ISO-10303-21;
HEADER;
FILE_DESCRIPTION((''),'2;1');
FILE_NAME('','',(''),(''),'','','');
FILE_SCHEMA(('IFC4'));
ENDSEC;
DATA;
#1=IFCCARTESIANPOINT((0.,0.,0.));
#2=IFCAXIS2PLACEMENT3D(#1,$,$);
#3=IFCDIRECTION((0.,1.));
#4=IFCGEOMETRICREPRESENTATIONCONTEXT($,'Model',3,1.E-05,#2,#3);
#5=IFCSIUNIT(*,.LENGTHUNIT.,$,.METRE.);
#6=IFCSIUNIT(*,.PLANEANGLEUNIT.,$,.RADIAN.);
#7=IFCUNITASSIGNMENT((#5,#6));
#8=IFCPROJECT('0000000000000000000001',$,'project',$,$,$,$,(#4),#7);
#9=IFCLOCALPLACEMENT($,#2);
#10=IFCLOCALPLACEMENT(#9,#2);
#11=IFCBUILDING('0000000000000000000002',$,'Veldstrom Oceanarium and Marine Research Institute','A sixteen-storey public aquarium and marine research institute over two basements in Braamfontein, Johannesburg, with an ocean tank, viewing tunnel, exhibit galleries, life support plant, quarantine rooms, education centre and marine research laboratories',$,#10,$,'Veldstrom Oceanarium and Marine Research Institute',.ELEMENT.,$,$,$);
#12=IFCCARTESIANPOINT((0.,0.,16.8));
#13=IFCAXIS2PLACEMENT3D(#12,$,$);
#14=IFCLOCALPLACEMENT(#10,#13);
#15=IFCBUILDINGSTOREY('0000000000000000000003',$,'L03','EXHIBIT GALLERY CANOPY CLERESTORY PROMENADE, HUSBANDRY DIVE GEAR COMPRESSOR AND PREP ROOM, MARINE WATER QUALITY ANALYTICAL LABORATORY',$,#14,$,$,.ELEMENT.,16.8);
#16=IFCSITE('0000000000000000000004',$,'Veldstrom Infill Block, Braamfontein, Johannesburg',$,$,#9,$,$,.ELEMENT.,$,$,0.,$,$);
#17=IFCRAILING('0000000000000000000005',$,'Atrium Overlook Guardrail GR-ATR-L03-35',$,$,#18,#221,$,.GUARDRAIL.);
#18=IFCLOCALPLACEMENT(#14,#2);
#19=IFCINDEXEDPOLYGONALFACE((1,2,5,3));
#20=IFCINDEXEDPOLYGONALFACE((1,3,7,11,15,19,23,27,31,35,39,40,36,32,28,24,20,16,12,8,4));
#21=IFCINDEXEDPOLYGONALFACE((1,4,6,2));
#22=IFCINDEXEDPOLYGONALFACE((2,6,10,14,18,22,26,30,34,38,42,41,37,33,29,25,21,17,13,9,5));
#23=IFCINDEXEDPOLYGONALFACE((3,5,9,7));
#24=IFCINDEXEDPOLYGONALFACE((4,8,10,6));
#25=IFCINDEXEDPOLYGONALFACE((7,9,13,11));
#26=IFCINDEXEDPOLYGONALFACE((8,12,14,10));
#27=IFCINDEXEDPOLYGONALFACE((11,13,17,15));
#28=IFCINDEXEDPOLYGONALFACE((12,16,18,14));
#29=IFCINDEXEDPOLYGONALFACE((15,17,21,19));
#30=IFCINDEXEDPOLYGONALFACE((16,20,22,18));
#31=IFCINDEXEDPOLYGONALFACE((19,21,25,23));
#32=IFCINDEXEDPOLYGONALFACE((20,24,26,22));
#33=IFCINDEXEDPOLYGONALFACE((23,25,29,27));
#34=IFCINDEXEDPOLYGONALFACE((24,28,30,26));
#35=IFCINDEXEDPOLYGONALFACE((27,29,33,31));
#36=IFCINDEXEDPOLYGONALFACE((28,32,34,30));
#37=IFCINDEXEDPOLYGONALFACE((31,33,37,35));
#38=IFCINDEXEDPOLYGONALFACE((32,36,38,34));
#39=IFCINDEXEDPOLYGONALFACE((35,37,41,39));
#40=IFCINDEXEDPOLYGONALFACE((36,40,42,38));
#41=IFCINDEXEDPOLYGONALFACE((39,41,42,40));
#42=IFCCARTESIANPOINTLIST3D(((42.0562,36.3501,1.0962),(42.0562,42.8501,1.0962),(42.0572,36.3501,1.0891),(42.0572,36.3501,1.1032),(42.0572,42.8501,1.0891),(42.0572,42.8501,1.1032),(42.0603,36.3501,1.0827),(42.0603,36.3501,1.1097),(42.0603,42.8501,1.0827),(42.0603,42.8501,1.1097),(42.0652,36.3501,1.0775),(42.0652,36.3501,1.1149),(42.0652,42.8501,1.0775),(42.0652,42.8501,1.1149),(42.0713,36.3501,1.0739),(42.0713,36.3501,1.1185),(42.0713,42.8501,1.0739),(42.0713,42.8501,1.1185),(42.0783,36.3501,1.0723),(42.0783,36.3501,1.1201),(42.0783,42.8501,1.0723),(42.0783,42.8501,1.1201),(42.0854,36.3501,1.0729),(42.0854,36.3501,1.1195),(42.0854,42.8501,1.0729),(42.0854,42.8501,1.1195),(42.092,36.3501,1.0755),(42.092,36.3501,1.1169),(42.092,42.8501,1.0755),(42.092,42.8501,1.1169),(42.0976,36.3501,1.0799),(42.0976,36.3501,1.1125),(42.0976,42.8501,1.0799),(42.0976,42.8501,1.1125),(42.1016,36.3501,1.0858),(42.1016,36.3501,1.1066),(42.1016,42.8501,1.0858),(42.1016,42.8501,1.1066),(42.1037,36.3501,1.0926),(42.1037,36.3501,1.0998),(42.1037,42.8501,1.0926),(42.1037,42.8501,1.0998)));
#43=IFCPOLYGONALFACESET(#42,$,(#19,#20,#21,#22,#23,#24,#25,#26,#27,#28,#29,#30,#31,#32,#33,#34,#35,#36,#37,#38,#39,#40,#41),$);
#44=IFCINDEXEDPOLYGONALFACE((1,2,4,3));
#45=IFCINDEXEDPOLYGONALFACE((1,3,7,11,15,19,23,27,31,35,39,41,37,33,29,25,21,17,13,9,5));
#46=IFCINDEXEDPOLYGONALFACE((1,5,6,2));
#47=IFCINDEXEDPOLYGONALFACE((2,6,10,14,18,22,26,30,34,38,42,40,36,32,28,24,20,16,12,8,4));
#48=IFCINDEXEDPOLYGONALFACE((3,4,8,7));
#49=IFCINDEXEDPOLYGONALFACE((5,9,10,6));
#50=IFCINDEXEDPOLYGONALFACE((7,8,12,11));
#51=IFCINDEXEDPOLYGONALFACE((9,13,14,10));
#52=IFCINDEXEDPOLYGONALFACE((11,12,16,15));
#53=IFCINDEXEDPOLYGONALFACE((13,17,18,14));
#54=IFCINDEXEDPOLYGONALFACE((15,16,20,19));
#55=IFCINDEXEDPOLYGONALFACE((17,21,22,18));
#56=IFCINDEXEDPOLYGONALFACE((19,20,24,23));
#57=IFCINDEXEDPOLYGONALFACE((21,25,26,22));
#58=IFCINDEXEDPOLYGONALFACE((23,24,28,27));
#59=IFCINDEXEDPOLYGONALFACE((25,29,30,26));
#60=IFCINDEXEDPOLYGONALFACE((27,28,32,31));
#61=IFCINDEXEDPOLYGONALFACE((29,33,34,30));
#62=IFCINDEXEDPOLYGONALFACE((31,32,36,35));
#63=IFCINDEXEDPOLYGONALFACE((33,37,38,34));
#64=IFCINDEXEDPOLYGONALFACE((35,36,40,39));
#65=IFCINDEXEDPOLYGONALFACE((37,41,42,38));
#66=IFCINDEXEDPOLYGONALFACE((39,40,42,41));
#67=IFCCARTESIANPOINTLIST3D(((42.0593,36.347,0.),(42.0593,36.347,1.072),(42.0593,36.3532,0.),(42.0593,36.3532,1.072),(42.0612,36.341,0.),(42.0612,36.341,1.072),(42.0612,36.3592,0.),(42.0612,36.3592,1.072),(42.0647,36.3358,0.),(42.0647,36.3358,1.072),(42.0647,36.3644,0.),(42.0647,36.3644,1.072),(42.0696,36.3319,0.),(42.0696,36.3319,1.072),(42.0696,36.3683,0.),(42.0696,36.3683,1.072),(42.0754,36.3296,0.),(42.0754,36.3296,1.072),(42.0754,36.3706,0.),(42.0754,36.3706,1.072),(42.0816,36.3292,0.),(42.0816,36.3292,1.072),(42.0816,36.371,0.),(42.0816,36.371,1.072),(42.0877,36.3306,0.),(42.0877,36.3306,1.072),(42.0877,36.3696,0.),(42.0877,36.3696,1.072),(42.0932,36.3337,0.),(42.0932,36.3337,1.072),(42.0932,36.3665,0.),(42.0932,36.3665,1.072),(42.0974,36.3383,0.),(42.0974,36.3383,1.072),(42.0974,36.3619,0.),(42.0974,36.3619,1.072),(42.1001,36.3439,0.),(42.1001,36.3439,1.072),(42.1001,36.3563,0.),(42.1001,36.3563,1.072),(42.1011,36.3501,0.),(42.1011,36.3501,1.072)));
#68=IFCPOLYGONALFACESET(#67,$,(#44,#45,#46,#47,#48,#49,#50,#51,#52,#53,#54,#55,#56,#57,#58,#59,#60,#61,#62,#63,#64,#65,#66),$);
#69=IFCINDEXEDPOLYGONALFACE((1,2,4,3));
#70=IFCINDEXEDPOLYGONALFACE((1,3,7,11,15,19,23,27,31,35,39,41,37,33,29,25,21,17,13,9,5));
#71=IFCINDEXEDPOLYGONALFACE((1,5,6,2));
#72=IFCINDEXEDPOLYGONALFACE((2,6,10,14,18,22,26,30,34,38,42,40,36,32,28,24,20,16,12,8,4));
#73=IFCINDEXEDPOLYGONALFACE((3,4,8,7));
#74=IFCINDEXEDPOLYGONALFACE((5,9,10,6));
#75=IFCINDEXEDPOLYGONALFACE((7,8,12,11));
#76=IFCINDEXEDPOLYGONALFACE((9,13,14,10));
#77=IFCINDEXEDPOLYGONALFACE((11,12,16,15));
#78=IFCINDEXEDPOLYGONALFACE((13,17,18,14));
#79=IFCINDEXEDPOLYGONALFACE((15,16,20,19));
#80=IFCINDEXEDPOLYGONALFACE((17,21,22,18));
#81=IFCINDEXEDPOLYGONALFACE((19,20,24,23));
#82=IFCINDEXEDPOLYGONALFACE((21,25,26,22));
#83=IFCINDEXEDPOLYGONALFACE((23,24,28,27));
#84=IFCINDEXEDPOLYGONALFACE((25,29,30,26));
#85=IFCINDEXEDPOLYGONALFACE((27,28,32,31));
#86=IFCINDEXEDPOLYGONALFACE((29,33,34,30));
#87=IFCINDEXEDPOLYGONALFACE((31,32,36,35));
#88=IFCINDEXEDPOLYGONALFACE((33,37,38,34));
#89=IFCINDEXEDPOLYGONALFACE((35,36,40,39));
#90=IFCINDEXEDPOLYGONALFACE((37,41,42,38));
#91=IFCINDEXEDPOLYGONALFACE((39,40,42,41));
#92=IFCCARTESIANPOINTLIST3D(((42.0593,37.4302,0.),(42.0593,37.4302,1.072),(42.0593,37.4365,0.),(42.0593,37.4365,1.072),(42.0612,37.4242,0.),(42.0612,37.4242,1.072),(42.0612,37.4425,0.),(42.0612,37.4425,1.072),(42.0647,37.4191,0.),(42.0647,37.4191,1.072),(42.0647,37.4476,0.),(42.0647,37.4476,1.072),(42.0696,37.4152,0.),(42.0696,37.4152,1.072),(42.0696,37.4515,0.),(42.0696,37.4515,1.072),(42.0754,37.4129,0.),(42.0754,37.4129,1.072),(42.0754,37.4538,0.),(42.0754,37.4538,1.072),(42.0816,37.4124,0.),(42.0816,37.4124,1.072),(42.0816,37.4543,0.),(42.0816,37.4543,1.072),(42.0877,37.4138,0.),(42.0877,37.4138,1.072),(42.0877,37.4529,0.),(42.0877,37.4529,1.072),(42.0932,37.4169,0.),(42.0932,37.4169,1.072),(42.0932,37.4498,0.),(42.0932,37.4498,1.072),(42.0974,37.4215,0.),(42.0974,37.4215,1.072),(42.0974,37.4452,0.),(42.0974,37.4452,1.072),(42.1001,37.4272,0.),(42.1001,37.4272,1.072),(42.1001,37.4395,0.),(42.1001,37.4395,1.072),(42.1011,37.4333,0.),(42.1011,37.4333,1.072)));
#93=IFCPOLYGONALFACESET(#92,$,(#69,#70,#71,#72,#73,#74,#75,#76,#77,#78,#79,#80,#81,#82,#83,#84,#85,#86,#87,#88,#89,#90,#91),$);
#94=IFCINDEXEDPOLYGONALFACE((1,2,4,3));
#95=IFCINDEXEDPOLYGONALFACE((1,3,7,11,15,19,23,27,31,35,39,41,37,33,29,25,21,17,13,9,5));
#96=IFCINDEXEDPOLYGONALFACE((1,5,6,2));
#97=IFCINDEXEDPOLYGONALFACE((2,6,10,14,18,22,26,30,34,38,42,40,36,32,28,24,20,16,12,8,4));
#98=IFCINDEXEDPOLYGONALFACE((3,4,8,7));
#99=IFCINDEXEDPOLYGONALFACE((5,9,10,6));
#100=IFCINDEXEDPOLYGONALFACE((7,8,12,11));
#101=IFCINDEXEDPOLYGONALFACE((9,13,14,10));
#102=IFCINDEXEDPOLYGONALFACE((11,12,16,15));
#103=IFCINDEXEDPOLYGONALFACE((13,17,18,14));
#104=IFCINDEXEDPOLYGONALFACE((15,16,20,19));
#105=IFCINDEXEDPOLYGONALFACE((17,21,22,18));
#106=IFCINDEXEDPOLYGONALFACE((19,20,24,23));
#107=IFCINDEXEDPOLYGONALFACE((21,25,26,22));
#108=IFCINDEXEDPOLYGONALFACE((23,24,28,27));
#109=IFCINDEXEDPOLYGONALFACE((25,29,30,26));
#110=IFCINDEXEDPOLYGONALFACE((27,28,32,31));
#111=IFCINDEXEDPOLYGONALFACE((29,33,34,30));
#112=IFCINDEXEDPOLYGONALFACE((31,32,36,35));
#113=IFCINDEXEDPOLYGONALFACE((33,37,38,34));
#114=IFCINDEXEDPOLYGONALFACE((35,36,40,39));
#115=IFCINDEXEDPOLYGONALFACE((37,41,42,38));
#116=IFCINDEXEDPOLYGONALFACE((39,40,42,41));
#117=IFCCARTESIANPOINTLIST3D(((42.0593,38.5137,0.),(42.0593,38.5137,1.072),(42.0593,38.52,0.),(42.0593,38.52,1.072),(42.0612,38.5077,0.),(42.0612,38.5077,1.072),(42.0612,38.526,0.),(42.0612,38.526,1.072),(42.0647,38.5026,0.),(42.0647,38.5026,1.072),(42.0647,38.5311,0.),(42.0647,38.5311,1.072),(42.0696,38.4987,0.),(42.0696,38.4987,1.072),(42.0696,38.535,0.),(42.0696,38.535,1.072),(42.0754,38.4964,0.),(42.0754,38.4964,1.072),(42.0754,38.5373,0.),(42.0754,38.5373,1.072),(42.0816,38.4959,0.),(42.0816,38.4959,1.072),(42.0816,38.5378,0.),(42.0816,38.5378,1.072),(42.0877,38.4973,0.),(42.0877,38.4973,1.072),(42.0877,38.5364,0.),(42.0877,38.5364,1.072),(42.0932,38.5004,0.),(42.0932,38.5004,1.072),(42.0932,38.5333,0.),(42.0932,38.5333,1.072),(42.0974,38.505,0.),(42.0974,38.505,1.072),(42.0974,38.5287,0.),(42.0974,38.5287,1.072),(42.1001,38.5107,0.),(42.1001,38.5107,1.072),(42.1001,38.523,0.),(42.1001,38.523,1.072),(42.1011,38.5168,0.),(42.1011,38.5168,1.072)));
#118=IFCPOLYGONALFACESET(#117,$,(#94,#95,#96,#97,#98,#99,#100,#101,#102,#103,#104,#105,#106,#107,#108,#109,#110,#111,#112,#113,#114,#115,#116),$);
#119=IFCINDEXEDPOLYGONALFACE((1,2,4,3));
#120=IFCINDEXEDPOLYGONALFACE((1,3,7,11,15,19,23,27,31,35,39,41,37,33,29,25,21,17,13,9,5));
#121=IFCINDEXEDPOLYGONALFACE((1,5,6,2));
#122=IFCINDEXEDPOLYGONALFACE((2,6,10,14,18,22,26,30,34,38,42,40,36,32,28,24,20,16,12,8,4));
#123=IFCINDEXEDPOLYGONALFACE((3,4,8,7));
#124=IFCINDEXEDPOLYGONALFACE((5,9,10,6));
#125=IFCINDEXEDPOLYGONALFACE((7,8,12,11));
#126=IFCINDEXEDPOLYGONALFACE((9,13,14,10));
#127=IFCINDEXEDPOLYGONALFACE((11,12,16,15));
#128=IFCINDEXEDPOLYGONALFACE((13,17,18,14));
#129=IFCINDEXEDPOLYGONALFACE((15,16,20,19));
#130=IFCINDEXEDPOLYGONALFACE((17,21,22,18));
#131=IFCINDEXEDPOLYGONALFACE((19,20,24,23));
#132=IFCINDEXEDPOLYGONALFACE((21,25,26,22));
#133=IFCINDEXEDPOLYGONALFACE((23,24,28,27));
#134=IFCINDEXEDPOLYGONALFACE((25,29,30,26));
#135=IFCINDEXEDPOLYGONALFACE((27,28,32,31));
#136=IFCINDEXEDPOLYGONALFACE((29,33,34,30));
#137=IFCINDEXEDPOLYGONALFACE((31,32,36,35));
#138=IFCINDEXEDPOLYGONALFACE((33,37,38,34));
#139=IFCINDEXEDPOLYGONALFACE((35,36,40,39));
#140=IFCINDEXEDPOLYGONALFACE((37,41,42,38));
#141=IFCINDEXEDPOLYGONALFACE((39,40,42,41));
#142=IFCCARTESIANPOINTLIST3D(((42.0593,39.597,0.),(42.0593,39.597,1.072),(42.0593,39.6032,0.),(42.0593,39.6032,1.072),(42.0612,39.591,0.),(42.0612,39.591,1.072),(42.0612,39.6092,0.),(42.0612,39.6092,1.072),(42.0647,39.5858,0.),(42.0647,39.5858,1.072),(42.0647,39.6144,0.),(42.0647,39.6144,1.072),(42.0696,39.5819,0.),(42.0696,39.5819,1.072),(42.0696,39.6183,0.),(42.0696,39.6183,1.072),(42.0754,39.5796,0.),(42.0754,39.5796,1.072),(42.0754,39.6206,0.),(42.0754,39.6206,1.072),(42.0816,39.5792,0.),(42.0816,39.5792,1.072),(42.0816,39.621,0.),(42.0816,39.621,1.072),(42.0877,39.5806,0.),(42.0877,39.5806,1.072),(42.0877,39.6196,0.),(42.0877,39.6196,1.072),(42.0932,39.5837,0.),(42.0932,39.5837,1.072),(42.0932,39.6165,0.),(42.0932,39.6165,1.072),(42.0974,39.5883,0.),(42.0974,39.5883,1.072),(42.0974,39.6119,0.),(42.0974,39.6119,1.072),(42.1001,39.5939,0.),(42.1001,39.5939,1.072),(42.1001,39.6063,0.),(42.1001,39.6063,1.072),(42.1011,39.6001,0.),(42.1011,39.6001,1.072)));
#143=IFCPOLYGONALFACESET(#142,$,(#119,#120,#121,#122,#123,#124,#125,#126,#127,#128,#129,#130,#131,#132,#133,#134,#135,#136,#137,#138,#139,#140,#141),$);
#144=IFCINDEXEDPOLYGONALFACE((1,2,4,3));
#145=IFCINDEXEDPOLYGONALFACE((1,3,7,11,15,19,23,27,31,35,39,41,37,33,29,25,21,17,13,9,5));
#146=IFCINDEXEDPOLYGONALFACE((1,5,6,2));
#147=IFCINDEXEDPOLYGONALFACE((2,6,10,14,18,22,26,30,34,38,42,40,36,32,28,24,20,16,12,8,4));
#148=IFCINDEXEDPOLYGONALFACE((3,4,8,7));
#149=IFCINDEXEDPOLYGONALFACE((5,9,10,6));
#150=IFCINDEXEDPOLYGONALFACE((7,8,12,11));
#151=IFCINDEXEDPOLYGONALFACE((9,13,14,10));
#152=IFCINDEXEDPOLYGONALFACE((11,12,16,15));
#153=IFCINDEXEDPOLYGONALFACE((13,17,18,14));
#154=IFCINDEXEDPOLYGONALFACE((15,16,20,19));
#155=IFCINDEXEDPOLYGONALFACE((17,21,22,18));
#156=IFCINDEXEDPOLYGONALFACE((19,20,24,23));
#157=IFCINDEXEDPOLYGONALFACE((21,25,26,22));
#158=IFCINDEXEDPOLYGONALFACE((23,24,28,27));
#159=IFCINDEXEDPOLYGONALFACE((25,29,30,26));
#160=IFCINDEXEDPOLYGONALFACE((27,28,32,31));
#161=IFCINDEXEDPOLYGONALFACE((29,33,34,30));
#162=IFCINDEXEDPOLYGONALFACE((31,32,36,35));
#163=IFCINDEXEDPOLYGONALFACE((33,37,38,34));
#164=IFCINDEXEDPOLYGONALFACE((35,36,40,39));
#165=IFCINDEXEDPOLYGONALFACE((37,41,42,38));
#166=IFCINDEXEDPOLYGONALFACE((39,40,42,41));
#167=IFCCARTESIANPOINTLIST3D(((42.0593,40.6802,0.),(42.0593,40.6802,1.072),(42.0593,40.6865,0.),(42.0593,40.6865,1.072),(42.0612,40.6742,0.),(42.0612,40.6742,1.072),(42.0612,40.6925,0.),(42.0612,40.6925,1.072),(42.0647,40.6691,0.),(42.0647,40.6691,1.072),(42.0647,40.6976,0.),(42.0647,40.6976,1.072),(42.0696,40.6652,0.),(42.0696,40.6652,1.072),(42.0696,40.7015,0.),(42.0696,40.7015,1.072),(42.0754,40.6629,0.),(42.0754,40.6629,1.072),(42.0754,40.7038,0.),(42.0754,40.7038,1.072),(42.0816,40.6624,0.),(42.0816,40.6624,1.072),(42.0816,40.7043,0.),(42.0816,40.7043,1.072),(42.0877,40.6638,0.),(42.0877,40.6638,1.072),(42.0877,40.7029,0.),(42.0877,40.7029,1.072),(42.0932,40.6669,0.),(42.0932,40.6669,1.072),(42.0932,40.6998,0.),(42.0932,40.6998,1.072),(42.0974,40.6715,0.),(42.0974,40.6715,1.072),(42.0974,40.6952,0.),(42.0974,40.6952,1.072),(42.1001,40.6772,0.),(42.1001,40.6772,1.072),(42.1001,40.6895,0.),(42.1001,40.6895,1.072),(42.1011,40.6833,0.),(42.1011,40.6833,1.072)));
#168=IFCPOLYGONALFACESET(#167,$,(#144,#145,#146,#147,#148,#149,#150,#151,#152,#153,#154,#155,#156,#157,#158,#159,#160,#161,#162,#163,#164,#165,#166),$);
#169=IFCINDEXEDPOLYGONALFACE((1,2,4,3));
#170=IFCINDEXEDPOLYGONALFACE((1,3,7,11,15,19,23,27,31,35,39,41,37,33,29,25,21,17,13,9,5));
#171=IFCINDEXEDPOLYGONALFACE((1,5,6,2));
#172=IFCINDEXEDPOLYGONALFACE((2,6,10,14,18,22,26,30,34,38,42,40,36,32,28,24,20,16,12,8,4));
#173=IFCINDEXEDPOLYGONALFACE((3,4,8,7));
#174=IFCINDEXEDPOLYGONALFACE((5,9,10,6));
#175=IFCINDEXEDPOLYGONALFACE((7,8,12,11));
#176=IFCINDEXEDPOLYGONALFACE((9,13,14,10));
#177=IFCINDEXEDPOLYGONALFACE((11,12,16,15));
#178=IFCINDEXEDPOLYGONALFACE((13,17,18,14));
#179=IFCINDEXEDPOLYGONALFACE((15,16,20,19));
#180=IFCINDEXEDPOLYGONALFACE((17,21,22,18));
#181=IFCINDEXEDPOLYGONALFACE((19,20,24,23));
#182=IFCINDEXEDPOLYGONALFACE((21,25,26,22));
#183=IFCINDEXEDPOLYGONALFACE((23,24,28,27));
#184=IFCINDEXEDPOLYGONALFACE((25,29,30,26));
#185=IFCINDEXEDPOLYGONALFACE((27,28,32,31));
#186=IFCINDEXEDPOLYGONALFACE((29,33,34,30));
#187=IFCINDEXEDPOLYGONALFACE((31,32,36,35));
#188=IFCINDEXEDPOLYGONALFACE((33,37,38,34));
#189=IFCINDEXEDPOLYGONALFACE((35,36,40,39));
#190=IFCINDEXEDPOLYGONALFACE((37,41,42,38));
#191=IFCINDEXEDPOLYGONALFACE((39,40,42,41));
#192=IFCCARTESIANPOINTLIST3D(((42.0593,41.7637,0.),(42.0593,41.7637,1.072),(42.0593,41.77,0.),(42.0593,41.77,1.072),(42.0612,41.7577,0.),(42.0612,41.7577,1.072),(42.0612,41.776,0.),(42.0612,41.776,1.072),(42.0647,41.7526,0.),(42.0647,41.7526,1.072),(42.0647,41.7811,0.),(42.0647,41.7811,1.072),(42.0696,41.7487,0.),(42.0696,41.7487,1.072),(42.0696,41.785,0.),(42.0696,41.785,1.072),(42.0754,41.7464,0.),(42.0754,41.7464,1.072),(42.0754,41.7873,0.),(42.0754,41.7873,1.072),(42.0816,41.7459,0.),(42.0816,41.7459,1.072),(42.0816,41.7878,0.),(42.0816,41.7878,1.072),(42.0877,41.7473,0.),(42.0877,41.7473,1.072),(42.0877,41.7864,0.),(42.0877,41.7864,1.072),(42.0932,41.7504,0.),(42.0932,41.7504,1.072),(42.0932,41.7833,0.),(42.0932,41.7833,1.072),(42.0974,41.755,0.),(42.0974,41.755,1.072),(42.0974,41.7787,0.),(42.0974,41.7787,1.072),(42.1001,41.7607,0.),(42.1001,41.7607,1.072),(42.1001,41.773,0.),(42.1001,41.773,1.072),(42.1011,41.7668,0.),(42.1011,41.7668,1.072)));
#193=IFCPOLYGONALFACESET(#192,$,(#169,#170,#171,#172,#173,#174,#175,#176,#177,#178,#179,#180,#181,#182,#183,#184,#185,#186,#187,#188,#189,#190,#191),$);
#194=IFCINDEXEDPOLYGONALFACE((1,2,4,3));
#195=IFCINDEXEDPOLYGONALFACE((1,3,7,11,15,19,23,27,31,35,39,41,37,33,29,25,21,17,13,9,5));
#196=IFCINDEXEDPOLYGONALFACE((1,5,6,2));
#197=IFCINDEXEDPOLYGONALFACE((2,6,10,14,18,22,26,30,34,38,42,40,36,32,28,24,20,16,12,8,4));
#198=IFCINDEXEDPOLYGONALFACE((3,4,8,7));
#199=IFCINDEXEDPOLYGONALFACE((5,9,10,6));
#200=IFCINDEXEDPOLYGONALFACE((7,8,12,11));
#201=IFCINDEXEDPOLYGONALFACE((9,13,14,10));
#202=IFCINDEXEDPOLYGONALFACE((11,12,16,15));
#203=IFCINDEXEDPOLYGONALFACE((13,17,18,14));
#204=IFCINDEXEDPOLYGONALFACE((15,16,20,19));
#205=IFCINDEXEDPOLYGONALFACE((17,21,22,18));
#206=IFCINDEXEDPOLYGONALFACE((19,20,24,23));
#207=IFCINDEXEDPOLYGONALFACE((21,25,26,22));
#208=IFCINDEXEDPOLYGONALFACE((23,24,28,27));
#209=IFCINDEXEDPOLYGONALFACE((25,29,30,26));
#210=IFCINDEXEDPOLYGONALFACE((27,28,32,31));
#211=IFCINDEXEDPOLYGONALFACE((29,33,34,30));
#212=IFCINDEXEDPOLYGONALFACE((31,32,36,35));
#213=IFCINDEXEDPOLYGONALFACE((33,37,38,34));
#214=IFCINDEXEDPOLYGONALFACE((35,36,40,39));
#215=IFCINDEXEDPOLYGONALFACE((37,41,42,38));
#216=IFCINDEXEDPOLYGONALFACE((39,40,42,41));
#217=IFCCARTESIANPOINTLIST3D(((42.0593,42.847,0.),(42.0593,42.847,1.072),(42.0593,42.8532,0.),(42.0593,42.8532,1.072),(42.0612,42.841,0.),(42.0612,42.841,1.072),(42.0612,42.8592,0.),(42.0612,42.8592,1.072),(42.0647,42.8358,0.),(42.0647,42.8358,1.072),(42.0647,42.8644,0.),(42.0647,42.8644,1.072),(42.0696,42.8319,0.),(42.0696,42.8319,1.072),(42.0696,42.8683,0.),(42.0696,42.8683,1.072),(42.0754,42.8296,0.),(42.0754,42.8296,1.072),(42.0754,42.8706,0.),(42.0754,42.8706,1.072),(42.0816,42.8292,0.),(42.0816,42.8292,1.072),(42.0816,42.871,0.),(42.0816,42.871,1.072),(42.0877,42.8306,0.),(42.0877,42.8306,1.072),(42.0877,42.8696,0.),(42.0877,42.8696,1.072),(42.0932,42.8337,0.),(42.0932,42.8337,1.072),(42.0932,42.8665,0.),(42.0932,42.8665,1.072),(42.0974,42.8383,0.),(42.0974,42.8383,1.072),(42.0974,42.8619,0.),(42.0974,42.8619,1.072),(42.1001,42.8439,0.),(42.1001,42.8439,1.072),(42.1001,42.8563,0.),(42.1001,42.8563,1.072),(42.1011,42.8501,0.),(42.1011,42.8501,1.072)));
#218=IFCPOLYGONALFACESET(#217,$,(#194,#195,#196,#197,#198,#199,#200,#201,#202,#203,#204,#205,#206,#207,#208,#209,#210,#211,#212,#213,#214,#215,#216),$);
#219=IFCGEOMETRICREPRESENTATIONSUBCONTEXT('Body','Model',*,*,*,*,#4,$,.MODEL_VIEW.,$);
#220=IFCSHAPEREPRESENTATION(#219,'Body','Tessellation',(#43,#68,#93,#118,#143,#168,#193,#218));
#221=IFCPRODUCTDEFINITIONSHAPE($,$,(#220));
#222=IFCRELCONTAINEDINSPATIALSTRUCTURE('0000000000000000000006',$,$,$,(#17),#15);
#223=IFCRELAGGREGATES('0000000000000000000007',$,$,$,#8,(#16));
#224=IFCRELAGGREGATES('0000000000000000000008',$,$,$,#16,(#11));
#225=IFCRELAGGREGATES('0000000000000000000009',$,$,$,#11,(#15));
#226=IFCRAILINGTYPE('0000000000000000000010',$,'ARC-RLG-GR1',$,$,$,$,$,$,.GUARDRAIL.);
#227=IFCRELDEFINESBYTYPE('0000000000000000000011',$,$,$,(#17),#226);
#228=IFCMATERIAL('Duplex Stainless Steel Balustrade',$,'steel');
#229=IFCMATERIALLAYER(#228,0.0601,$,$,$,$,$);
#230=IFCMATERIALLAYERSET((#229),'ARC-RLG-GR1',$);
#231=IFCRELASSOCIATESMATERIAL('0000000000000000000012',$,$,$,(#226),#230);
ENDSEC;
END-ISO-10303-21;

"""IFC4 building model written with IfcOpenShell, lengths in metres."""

from ifc_helpers import new_model, si_unit, direction, frame, origin, origin_2d, place, context, subcontext, project, spatial, circle, extrude, material, layer, layer_set, type_object, element, save


model = new_model("IFC4")

# Units and contexts
model_context = context("Model", 3, precision=1e-05, world=origin(), true_north=direction((0.0, 1.0)))
body_context = subcontext(model_context, "Body", "Model", "MODEL_VIEW")
ifc_project = project(units=[si_unit("LENGTHUNIT", "METRE"), si_unit("PLANEANGLEUNIT", "RADIAN")], contexts=[model_context])

# Site, building, storey
site_placement = place(None, origin())
site = spatial("IfcSite", under=ifc_project, at=site_placement, Name="Veldstrom Infill Block, Braamfontein, Johannesburg", CompositionType="ELEMENT", RefElevation=0.0)
building_placement = place(site_placement, origin())
building = spatial("IfcBuilding", under=site, at=building_placement, Name="Veldstrom Oceanarium and Marine Research Institute", Description="A sixteen-storey public aquarium and marine research institute over two basements in Braamfontein, Johannesburg, with an ocean tank, viewing tunnel, exhibit galleries, life support plant, quarantine rooms, education centre and marine research laboratories", LongName="Veldstrom Oceanarium and Marine Research Institute", CompositionType="ELEMENT")
storey_placement = place(building_placement, frame((0.0, 0.0, 16.8)))
storey = spatial("IfcBuildingStorey", under=building, at=storey_placement, Name="L03", Description="EXHIBIT GALLERY CANOPY CLERESTORY PROMENADE, HUSBANDRY DIVE GEAR COMPRESSOR AND PREP ROOM, MARINE WATER QUALITY ANALYTICAL LABORATORY", CompositionType="ELEMENT", Elevation=16.8)

# Railing
ifc_material_1 = material(Name="Duplex Stainless Steel Balustrade", Category="steel")
ifc_layer_1 = layer(ifc_material_1, 0.0601)
ifc_layer_set_1 = layer_set([ifc_layer_1], Name="ARC-RLG-GR1")
railing_type = type_object("IfcRailingType", Name="ARC-RLG-GR1", PredefinedType="GUARDRAIL", material=ifc_layer_set_1)
railing_placement = place(storey_placement, frame((42.0801, 36.3501, 0.0)))
element("IfcRailing", 1, at=railing_placement, inside=storey, type_object=railing_type, Name="Atrium Overlook Guardrail GR-ATR-L03-35", PredefinedType="GUARDRAIL", context=body_context, shape_type="SweptSolid", body=[
    extrude(circle(Radius=0.0239, at=origin_2d()), frame((0.0, 0.0, 1.0962), z_axis=(0.0, 1.0, 0.0), x_axis=(-1.0, 0.0, 0.0)), (0.0, 0.0, 1.0), 6.5),
    extrude(circle(Radius=0.021, at=origin_2d()), origin(), (0.0, 0.0, 1.0), 1.072),
    extrude(circle(Radius=0.021, at=origin_2d()), frame((0.0, 1.0833, 0.0)), (0.0, 0.0, 1.0), 1.072),
    extrude(circle(Radius=0.021, at=origin_2d()), frame((0.0, 2.1667, 0.0)), (0.0, 0.0, 1.0), 1.072),
    extrude(circle(Radius=0.021, at=origin_2d()), frame((0.0, 3.25, 0.0)), (0.0, 0.0, 1.0), 1.072),
    extrude(circle(Radius=0.021, at=origin_2d()), frame((0.0, 4.3333, 0.0)), (0.0, 0.0, 1.0), 1.072),
    extrude(circle(Radius=0.021, at=origin_2d()), frame((0.0, 5.4167, 0.0)), (0.0, 0.0, 1.0), 1.072),
    extrude(circle(Radius=0.021, at=origin_2d()), frame((0.0, 6.5, 0.0)), (0.0, 0.0, 1.0), 1.072),
])

save(model, "model.ifc")
